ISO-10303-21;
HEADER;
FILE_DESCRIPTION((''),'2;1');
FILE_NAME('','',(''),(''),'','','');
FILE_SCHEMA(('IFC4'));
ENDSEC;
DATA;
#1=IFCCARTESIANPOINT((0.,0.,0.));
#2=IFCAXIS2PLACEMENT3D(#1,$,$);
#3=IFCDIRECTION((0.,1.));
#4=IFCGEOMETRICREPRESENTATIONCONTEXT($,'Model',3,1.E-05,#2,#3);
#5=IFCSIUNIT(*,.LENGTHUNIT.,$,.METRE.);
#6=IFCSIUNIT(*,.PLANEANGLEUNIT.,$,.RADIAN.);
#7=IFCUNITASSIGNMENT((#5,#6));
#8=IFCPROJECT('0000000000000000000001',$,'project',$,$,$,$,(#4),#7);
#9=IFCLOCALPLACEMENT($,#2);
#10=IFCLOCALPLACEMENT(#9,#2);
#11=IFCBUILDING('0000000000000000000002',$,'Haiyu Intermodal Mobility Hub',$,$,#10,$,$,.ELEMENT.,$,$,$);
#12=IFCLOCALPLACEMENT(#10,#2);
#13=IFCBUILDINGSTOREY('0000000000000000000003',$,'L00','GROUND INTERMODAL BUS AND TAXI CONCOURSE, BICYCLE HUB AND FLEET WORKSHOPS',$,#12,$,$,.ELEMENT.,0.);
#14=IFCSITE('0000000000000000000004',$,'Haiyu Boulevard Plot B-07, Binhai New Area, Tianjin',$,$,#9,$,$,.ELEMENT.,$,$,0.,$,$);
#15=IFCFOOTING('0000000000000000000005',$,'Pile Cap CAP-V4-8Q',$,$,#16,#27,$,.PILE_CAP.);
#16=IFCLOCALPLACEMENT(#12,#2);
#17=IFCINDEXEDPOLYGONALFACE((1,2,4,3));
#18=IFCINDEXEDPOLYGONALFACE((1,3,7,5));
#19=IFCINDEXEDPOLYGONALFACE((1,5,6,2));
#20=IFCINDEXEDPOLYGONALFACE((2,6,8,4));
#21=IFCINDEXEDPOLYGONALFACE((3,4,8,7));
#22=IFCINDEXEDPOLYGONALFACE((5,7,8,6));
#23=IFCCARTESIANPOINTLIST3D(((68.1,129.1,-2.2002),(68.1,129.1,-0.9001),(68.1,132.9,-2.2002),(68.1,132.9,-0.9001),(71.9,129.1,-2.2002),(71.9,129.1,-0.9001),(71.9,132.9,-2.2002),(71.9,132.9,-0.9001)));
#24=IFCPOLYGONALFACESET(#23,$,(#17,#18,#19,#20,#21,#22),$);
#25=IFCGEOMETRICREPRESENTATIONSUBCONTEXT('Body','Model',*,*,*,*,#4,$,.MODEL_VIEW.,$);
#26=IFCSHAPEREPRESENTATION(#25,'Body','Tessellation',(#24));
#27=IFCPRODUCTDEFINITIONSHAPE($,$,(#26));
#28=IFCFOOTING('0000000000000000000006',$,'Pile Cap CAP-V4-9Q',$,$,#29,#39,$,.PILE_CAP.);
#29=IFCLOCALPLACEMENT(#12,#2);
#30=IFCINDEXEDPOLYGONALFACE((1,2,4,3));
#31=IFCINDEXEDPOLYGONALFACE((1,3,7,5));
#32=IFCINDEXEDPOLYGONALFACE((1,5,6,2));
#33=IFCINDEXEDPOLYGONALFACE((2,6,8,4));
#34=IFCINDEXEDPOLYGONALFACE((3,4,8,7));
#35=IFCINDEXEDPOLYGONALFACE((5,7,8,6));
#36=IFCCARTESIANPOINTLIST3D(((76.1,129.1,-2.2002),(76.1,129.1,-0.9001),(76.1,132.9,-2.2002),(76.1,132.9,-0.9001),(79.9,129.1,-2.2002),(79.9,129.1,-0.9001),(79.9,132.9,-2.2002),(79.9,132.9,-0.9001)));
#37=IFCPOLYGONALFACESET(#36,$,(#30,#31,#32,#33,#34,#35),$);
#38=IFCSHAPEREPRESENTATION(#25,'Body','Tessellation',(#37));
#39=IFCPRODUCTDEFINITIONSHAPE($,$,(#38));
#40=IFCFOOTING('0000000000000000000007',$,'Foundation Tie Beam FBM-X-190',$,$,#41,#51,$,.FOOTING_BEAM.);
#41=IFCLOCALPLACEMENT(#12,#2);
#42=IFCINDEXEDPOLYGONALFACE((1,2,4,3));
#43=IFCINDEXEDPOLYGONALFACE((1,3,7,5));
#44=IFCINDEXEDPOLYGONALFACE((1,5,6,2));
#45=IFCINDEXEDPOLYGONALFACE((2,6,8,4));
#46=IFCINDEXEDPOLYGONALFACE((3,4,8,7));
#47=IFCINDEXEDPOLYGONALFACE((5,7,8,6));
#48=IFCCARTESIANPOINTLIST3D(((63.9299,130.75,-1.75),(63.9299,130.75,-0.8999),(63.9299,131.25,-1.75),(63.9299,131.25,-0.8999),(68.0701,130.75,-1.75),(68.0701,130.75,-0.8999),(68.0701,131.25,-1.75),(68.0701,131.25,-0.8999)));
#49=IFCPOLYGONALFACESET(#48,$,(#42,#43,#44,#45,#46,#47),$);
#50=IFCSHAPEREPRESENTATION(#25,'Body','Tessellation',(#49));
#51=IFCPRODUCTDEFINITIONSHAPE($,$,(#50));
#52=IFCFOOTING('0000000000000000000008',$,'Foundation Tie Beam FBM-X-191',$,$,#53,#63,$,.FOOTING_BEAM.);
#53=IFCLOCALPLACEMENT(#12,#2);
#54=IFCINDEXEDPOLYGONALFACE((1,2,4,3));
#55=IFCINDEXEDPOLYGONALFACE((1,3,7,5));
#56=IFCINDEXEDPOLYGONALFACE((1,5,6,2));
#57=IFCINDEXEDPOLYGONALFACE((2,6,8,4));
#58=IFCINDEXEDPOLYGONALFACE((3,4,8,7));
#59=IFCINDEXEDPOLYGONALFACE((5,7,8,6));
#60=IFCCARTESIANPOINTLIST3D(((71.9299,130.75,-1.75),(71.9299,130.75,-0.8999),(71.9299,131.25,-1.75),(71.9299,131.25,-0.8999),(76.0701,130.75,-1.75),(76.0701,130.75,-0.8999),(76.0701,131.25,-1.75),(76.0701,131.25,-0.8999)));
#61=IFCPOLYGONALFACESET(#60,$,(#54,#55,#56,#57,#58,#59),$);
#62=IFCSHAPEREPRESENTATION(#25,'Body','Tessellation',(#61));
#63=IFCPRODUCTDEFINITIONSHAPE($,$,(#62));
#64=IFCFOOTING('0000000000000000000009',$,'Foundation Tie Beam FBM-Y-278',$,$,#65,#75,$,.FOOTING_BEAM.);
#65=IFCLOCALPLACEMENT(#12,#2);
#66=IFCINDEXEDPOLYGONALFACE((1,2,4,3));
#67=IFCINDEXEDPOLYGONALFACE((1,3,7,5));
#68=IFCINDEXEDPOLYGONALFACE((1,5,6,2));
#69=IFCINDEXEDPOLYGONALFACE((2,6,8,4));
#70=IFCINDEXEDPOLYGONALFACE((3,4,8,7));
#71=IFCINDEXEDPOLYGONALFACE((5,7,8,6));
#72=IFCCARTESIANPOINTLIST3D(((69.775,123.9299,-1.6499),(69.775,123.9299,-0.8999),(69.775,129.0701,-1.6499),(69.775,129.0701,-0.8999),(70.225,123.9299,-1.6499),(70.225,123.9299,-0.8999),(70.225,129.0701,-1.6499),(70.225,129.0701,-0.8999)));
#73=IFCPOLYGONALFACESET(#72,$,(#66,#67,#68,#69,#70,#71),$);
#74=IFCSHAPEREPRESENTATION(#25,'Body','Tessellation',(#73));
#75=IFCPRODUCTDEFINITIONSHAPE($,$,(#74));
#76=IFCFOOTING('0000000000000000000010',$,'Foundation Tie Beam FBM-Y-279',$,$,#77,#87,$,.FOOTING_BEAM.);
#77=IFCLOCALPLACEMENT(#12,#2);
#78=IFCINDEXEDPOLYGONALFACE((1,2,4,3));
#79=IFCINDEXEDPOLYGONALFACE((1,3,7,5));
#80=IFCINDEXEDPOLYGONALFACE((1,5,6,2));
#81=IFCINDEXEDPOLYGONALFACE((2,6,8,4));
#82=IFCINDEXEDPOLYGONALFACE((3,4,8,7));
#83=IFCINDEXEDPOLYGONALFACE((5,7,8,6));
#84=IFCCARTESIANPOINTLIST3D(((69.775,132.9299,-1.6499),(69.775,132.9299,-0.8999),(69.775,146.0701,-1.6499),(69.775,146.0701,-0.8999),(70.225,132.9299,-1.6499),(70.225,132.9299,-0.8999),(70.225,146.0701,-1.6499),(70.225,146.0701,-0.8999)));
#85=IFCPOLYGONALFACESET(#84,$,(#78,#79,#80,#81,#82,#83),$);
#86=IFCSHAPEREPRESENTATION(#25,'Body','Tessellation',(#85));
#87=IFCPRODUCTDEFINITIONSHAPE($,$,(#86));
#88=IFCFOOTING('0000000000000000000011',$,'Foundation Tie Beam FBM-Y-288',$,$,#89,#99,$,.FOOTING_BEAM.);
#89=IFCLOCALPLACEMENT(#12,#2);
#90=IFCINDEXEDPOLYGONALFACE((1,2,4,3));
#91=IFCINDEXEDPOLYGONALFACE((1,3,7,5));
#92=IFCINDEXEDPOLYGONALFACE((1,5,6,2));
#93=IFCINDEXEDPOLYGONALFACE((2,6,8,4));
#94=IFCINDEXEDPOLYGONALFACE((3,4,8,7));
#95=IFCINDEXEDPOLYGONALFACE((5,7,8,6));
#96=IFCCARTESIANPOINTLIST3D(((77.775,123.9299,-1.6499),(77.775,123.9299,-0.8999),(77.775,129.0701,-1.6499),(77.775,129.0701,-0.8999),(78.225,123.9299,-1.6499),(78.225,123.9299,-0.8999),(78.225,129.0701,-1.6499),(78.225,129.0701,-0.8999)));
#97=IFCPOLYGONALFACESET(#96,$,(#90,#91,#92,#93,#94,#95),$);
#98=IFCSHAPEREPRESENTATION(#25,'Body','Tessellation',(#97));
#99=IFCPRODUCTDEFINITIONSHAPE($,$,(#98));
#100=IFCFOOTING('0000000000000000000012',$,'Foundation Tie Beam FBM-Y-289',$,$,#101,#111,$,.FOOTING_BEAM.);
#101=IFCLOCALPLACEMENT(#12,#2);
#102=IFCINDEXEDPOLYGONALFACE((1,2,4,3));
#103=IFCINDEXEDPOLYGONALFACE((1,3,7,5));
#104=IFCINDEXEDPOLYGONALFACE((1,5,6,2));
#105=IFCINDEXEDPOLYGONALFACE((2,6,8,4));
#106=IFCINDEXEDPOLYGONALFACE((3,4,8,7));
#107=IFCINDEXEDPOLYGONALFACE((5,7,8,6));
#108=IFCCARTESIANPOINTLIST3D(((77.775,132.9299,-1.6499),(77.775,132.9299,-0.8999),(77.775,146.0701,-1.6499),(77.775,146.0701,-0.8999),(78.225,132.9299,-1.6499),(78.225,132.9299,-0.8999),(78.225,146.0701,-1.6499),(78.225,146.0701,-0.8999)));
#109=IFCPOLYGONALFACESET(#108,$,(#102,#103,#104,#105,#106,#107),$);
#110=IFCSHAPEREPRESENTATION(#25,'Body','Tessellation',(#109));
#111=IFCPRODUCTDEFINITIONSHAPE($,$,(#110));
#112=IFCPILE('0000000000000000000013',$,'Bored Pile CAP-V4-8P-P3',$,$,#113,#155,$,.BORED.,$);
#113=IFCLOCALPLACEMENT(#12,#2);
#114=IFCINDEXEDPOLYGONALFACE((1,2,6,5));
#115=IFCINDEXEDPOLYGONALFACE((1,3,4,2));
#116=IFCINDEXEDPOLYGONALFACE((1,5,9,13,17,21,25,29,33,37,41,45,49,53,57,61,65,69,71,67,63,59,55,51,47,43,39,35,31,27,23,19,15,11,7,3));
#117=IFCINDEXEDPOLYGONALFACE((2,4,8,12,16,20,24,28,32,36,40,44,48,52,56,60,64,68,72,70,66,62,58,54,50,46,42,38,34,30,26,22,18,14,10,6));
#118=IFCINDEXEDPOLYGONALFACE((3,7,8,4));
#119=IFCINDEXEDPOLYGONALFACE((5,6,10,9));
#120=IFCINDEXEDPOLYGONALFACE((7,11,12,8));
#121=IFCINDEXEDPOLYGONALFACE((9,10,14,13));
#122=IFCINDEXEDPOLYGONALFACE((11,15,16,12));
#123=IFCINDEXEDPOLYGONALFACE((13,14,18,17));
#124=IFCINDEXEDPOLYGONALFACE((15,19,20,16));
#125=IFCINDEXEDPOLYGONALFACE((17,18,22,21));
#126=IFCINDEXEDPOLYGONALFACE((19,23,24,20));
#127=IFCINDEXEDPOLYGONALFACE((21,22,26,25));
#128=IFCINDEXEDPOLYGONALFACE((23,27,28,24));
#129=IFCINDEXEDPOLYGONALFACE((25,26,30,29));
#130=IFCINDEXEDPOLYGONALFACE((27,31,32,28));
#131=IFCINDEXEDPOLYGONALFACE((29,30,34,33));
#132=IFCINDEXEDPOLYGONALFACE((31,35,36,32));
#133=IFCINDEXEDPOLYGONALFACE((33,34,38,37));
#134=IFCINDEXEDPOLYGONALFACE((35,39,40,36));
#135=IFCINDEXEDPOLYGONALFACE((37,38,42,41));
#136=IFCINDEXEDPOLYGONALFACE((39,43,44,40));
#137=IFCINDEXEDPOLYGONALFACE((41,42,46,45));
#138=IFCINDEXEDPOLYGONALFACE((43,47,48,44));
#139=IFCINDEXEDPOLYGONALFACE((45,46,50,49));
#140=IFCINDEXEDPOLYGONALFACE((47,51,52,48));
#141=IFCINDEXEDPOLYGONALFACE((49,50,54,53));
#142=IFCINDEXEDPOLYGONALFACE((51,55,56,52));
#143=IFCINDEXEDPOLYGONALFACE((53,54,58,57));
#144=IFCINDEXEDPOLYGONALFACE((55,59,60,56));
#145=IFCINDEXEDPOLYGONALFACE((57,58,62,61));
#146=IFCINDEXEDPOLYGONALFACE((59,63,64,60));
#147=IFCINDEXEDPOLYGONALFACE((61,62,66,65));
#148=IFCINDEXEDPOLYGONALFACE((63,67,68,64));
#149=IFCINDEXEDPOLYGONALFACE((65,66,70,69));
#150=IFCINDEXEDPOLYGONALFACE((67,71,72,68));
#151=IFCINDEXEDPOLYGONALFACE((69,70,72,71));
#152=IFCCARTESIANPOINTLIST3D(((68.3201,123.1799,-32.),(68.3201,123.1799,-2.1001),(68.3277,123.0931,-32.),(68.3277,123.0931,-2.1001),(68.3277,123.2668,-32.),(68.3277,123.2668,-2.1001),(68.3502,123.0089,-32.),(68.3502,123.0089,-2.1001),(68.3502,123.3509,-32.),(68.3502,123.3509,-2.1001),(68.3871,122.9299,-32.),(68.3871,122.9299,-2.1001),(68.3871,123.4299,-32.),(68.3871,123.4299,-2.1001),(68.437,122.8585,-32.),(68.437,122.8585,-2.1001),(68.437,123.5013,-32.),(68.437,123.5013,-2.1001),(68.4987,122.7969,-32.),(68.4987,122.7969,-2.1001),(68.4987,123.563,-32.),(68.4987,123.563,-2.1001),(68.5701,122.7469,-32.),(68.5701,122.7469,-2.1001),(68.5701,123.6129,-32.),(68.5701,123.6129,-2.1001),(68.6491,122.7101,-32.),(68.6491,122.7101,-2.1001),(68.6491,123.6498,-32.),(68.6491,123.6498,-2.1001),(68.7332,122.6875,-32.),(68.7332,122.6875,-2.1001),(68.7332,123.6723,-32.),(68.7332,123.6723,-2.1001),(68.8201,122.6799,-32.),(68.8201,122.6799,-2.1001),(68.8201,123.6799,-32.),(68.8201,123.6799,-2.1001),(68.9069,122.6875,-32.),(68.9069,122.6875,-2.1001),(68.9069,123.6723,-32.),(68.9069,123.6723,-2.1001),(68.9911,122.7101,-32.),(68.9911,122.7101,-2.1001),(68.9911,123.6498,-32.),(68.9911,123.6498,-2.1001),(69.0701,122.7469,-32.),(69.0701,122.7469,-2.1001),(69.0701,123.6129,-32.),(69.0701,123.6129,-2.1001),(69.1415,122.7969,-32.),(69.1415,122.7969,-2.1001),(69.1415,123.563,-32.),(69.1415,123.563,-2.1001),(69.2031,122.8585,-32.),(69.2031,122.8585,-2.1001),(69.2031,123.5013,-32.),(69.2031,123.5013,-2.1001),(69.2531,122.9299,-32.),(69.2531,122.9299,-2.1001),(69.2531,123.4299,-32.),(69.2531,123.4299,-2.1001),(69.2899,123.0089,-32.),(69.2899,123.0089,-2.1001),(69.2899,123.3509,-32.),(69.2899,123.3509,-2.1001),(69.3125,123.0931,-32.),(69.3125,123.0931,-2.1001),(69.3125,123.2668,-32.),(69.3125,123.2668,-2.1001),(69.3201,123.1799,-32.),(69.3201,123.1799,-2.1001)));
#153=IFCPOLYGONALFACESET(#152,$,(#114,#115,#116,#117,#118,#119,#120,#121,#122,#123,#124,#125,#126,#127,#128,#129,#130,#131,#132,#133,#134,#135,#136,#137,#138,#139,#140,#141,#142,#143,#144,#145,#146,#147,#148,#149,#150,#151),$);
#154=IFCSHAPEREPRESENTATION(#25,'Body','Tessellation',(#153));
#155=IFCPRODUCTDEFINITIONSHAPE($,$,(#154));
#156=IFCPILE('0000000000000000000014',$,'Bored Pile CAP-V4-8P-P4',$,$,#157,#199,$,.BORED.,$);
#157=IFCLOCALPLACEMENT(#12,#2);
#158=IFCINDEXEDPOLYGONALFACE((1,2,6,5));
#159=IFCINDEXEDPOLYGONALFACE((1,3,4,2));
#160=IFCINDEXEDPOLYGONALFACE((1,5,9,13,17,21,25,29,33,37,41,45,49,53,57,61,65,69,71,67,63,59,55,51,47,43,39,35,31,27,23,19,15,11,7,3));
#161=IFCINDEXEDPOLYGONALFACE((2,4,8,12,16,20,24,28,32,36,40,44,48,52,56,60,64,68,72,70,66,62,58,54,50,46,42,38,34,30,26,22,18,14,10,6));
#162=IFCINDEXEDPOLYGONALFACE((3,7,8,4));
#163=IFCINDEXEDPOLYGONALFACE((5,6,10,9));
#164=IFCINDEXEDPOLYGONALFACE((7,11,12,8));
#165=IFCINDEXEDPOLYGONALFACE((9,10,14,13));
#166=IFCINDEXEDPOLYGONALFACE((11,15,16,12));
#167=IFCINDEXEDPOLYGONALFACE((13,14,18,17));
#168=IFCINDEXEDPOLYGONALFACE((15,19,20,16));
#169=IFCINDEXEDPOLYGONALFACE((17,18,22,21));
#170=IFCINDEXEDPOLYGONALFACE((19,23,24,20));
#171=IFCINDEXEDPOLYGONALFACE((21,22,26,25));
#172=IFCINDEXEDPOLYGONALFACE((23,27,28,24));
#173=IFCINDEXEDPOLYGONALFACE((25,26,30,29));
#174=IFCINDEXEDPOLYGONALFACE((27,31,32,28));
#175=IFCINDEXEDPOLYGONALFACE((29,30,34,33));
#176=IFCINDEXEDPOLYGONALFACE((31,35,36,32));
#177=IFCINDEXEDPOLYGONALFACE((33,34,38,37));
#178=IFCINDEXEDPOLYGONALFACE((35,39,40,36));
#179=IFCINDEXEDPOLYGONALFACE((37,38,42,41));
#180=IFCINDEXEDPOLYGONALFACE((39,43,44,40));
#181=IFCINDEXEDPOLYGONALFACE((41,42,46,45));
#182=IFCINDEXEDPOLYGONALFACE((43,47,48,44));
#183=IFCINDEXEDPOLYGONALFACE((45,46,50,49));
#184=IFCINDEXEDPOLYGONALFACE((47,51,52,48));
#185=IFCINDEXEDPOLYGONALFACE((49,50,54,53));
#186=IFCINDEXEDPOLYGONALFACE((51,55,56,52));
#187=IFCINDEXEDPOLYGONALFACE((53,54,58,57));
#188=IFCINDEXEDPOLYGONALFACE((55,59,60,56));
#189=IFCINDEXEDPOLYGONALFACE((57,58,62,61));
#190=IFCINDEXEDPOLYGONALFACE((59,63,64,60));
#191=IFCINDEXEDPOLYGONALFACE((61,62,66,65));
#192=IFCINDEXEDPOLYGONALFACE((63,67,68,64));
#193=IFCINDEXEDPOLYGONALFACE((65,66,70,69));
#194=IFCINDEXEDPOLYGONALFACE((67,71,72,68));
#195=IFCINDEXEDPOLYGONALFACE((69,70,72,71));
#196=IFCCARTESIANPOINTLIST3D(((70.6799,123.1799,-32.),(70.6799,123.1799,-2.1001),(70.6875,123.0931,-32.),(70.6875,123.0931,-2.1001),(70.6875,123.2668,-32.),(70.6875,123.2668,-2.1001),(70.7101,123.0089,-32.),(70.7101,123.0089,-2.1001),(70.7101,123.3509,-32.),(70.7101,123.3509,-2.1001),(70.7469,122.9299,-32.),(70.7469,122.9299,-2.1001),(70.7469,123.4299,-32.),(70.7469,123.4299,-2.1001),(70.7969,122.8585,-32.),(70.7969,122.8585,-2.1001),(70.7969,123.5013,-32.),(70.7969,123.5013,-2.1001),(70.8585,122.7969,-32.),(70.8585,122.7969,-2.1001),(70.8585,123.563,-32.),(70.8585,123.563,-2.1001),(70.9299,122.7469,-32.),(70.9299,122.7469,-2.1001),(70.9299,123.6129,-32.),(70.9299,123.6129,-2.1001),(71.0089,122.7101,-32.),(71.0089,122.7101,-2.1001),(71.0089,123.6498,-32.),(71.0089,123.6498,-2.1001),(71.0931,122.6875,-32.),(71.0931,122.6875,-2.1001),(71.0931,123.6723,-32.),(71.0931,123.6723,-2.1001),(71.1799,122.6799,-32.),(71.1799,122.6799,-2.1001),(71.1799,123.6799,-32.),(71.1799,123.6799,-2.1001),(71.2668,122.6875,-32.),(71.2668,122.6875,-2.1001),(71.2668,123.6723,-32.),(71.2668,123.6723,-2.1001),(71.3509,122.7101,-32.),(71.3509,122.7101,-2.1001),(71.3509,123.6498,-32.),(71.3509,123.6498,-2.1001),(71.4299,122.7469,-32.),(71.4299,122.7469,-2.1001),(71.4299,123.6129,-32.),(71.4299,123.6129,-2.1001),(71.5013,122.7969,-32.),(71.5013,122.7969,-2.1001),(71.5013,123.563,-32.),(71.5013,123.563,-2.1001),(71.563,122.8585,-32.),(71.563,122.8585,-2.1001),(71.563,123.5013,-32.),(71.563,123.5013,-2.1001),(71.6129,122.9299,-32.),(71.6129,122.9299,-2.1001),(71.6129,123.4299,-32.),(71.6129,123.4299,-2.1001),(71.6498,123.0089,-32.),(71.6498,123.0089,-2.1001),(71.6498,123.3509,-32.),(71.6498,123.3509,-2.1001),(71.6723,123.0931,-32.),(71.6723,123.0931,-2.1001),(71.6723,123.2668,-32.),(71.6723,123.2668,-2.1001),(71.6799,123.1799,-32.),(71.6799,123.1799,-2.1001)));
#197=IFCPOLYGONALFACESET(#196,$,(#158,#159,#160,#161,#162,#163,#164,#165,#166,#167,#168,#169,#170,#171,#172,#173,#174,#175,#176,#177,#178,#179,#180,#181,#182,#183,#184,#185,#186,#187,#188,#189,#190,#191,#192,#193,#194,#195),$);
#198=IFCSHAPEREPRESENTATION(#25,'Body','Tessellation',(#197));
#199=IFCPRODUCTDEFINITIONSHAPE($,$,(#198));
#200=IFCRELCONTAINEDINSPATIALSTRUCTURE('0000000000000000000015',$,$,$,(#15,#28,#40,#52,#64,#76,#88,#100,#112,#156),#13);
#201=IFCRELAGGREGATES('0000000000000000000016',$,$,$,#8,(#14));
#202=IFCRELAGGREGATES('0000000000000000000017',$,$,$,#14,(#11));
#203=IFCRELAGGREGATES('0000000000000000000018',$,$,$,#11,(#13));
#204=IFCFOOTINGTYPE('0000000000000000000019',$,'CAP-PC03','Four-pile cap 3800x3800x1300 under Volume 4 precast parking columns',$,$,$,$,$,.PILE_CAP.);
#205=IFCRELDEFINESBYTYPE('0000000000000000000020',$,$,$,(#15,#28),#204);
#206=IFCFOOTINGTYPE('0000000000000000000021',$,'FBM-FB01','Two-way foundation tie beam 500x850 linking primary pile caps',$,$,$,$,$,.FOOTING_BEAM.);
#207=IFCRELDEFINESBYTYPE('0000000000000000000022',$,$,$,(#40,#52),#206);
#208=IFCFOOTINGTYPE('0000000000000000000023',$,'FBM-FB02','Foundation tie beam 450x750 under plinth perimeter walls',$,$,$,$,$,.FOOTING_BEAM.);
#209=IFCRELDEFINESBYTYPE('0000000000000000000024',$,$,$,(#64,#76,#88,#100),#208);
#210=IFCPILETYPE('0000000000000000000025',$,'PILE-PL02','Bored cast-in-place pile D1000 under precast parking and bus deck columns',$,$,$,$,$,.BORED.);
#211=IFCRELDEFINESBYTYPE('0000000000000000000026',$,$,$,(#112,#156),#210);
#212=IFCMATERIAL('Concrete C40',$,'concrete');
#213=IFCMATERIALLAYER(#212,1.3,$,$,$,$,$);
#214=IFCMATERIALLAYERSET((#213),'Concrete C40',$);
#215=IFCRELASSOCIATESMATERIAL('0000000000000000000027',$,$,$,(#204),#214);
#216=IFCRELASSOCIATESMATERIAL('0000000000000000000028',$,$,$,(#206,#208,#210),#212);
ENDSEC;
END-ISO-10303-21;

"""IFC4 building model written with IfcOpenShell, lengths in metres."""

from ifc_helpers import new_model, si_unit, direction, frame, origin, origin_2d, place, context, subcontext, project, spatial, rectangle, circle, extrude, material, layer, layer_set, material_profile, profile_set, type_object, element, save


model = new_model("IFC4")

# Units and contexts
model_context = context("Model", 3, precision=1e-05, world=origin(), true_north=direction((0.0, 1.0)))
body_context = subcontext(model_context, "Body", "Model", "MODEL_VIEW")
ifc_project = project(units=[si_unit("LENGTHUNIT", "METRE"), si_unit("PLANEANGLEUNIT", "RADIAN")], contexts=[model_context])

# Site, building, storey
site_placement = place(None, origin())
site = spatial("IfcSite", under=ifc_project, at=site_placement, Name="Haiyu Boulevard Plot B-07, Binhai New Area, Tianjin", CompositionType="ELEMENT", RefElevation=0.0)
building_placement = place(site_placement, origin())
building = spatial("IfcBuilding", under=site, at=building_placement, Name="Haiyu Intermodal Mobility Hub", CompositionType="ELEMENT")
storey_placement = place(building_placement, origin())
storey = spatial("IfcBuildingStorey", under=building, at=storey_placement, Name="L00", Description="GROUND INTERMODAL BUS AND TAXI CONCOURSE, BICYCLE HUB AND FLEET WORKSHOPS", CompositionType="ELEMENT", Elevation=0.0)

# Footings
ifc_material_1 = material(Name="Concrete C40", Category="concrete")
ifc_layer = layer(ifc_material_1, 1.3)
ifc_layer_set = layer_set([ifc_layer], Name="Concrete C40")
footing_type_1 = type_object("IfcFootingType", Name="CAP-PC03", Description="Four-pile cap 3800x3800x1300 under Volume 4 precast parking columns", PredefinedType="PILE_CAP", material=ifc_layer_set)
for number, where, z_axis, x_axis, name in (
    (1, (70.0, 131.0, -2.2002), (0.0, 0.0, 1.0), (1.0, 0.0, 0.0), "Pile Cap CAP-V4-8Q"),
    (2, (78.0, 131.0, -2.2002), (0.0, 0.0, 1.0), (1.0, 0.0, 0.0), "Pile Cap CAP-V4-9Q"),
):
    element("IfcFooting", number, at=place(storey_placement, frame(where, z_axis=z_axis, x_axis=x_axis)), inside=storey, type_object=footing_type_1, Name=name, PredefinedType="PILE_CAP", context=body_context, shape_type="SweptSolid", body=[
        extrude(rectangle(XDim=3.8, YDim=3.8, at=origin_2d()), origin(), (0.0, 0.0, 1.0), 1.3),
    ])
ifc_material_profile_1 = material_profile(ifc_material_1, rectangle(XDim=0.5, YDim=0.8501, at=origin_2d()), Name="FB500x850")
ifc_profile_set_1 = profile_set([ifc_material_profile_1], Name="Concrete C40")
footing_type_2 = type_object("IfcFootingType", Name="FBM-FB01", Description="Two-way foundation tie beam 500x850 linking primary pile caps", PredefinedType="FOOTING_BEAM", material=ifc_profile_set_1)
for number, where, z_axis, x_axis, name in (
    (3, (63.9299, 131.0, -1.325), (1.0, 0.0, 0.0), (0.0, 1.0, 0.0), "Foundation Tie Beam FBM-X-190"),
    (4, (71.9299, 131.0, -1.325), (1.0, 0.0, 0.0), (0.0, 1.0, 0.0), "Foundation Tie Beam FBM-X-191"),
):
    element("IfcFooting", number, at=place(storey_placement, frame(where, z_axis=z_axis, x_axis=x_axis)), inside=storey, type_object=footing_type_2, Name=name, PredefinedType="FOOTING_BEAM", context=body_context, shape_type="SweptSolid", body=[
        extrude(rectangle(XDim=0.5, YDim=0.8501, at=origin_2d()), origin(), (0.0, 0.0, 1.0), 4.1401),
    ])
ifc_material_profile_2 = material_profile(ifc_material_1, rectangle(XDim=0.45, YDim=0.75, at=origin_2d()), Name="FB450x750")
ifc_profile_set_2 = profile_set([ifc_material_profile_2], Name="Concrete C40")
footing_type_3 = type_object("IfcFootingType", Name="FBM-FB02", Description="Foundation tie beam 450x750 under plinth perimeter walls", PredefinedType="FOOTING_BEAM", material=ifc_profile_set_2)
footing_1_placement = place(storey_placement, frame((70.0, 123.9299, -1.2749), z_axis=(0.0, 1.0, 0.0), x_axis=(-1.0, 0.0, 0.0)))
element("IfcFooting", 5, at=footing_1_placement, inside=storey, type_object=footing_type_3, Name="Foundation Tie Beam FBM-Y-278", PredefinedType="FOOTING_BEAM", context=body_context, shape_type="SweptSolid", body=[
    extrude(rectangle(XDim=0.45, YDim=0.75, at=origin_2d()), origin(), (0.0, 0.0, 1.0), 5.1401),
])
footing_2_placement = place(storey_placement, frame((70.0, 132.9299, -1.2749), z_axis=(0.0, 1.0, 0.0), x_axis=(-1.0, 0.0, 0.0)))
element("IfcFooting", 6, at=footing_2_placement, inside=storey, type_object=footing_type_3, Name="Foundation Tie Beam FBM-Y-279", PredefinedType="FOOTING_BEAM", context=body_context, shape_type="SweptSolid", body=[
    extrude(rectangle(XDim=0.45, YDim=0.75, at=origin_2d()), origin(), (0.0, 0.0, 1.0), 13.1401),
])
footing_3_placement = place(storey_placement, frame((78.0, 123.9299, -1.2749), z_axis=(0.0, 1.0, 0.0), x_axis=(-1.0, 0.0, 0.0)))
element("IfcFooting", 7, at=footing_3_placement, inside=storey, type_object=footing_type_3, Name="Foundation Tie Beam FBM-Y-288", PredefinedType="FOOTING_BEAM", context=body_context, shape_type="SweptSolid", body=[
    extrude(rectangle(XDim=0.45, YDim=0.75, at=origin_2d()), origin(), (0.0, 0.0, 1.0), 5.1401),
])
footing_4_placement = place(storey_placement, frame((78.0, 132.9299, -1.2749), z_axis=(0.0, 1.0, 0.0), x_axis=(-1.0, 0.0, 0.0)))
element("IfcFooting", 8, at=footing_4_placement, inside=storey, type_object=footing_type_3, Name="Foundation Tie Beam FBM-Y-289", PredefinedType="FOOTING_BEAM", context=body_context, shape_type="SweptSolid", body=[
    extrude(rectangle(XDim=0.45, YDim=0.75, at=origin_2d()), origin(), (0.0, 0.0, 1.0), 13.1401),
])

# Piles
ifc_material_profile_3 = material_profile(ifc_material_1, circle(Radius=0.5, at=origin_2d()), Name="PILE-D1000")
ifc_profile_set_3 = profile_set([ifc_material_profile_3], Name="Concrete C40")
pile_type = type_object("IfcPileType", Name="PILE-PL02", Description="Bored cast-in-place pile D1000 under precast parking and bus deck columns", PredefinedType="BORED", material=ifc_profile_set_3)
for number, where, z_axis, x_axis, name in (
    (9, (68.8201, 123.1799, -2.1001), (0.0, 0.0, -1.0), (1.0, 0.0, 0.0), "Bored Pile CAP-V4-8P-P3"),
    (10, (71.1799, 123.1799, -2.1001), (0.0, 0.0, -1.0), (1.0, 0.0, 0.0), "Bored Pile CAP-V4-8P-P4"),
):
    element("IfcPile", number, at=place(storey_placement, frame(where, z_axis=z_axis, x_axis=x_axis)), inside=storey, type_object=pile_type, Name=name, PredefinedType="BORED", context=body_context, shape_type="SweptSolid", body=[
        extrude(circle(Radius=0.5, at=origin_2d()), origin(), (0.0, 0.0, 1.0), 29.8999),
    ])

save(model, "model.ifc")
